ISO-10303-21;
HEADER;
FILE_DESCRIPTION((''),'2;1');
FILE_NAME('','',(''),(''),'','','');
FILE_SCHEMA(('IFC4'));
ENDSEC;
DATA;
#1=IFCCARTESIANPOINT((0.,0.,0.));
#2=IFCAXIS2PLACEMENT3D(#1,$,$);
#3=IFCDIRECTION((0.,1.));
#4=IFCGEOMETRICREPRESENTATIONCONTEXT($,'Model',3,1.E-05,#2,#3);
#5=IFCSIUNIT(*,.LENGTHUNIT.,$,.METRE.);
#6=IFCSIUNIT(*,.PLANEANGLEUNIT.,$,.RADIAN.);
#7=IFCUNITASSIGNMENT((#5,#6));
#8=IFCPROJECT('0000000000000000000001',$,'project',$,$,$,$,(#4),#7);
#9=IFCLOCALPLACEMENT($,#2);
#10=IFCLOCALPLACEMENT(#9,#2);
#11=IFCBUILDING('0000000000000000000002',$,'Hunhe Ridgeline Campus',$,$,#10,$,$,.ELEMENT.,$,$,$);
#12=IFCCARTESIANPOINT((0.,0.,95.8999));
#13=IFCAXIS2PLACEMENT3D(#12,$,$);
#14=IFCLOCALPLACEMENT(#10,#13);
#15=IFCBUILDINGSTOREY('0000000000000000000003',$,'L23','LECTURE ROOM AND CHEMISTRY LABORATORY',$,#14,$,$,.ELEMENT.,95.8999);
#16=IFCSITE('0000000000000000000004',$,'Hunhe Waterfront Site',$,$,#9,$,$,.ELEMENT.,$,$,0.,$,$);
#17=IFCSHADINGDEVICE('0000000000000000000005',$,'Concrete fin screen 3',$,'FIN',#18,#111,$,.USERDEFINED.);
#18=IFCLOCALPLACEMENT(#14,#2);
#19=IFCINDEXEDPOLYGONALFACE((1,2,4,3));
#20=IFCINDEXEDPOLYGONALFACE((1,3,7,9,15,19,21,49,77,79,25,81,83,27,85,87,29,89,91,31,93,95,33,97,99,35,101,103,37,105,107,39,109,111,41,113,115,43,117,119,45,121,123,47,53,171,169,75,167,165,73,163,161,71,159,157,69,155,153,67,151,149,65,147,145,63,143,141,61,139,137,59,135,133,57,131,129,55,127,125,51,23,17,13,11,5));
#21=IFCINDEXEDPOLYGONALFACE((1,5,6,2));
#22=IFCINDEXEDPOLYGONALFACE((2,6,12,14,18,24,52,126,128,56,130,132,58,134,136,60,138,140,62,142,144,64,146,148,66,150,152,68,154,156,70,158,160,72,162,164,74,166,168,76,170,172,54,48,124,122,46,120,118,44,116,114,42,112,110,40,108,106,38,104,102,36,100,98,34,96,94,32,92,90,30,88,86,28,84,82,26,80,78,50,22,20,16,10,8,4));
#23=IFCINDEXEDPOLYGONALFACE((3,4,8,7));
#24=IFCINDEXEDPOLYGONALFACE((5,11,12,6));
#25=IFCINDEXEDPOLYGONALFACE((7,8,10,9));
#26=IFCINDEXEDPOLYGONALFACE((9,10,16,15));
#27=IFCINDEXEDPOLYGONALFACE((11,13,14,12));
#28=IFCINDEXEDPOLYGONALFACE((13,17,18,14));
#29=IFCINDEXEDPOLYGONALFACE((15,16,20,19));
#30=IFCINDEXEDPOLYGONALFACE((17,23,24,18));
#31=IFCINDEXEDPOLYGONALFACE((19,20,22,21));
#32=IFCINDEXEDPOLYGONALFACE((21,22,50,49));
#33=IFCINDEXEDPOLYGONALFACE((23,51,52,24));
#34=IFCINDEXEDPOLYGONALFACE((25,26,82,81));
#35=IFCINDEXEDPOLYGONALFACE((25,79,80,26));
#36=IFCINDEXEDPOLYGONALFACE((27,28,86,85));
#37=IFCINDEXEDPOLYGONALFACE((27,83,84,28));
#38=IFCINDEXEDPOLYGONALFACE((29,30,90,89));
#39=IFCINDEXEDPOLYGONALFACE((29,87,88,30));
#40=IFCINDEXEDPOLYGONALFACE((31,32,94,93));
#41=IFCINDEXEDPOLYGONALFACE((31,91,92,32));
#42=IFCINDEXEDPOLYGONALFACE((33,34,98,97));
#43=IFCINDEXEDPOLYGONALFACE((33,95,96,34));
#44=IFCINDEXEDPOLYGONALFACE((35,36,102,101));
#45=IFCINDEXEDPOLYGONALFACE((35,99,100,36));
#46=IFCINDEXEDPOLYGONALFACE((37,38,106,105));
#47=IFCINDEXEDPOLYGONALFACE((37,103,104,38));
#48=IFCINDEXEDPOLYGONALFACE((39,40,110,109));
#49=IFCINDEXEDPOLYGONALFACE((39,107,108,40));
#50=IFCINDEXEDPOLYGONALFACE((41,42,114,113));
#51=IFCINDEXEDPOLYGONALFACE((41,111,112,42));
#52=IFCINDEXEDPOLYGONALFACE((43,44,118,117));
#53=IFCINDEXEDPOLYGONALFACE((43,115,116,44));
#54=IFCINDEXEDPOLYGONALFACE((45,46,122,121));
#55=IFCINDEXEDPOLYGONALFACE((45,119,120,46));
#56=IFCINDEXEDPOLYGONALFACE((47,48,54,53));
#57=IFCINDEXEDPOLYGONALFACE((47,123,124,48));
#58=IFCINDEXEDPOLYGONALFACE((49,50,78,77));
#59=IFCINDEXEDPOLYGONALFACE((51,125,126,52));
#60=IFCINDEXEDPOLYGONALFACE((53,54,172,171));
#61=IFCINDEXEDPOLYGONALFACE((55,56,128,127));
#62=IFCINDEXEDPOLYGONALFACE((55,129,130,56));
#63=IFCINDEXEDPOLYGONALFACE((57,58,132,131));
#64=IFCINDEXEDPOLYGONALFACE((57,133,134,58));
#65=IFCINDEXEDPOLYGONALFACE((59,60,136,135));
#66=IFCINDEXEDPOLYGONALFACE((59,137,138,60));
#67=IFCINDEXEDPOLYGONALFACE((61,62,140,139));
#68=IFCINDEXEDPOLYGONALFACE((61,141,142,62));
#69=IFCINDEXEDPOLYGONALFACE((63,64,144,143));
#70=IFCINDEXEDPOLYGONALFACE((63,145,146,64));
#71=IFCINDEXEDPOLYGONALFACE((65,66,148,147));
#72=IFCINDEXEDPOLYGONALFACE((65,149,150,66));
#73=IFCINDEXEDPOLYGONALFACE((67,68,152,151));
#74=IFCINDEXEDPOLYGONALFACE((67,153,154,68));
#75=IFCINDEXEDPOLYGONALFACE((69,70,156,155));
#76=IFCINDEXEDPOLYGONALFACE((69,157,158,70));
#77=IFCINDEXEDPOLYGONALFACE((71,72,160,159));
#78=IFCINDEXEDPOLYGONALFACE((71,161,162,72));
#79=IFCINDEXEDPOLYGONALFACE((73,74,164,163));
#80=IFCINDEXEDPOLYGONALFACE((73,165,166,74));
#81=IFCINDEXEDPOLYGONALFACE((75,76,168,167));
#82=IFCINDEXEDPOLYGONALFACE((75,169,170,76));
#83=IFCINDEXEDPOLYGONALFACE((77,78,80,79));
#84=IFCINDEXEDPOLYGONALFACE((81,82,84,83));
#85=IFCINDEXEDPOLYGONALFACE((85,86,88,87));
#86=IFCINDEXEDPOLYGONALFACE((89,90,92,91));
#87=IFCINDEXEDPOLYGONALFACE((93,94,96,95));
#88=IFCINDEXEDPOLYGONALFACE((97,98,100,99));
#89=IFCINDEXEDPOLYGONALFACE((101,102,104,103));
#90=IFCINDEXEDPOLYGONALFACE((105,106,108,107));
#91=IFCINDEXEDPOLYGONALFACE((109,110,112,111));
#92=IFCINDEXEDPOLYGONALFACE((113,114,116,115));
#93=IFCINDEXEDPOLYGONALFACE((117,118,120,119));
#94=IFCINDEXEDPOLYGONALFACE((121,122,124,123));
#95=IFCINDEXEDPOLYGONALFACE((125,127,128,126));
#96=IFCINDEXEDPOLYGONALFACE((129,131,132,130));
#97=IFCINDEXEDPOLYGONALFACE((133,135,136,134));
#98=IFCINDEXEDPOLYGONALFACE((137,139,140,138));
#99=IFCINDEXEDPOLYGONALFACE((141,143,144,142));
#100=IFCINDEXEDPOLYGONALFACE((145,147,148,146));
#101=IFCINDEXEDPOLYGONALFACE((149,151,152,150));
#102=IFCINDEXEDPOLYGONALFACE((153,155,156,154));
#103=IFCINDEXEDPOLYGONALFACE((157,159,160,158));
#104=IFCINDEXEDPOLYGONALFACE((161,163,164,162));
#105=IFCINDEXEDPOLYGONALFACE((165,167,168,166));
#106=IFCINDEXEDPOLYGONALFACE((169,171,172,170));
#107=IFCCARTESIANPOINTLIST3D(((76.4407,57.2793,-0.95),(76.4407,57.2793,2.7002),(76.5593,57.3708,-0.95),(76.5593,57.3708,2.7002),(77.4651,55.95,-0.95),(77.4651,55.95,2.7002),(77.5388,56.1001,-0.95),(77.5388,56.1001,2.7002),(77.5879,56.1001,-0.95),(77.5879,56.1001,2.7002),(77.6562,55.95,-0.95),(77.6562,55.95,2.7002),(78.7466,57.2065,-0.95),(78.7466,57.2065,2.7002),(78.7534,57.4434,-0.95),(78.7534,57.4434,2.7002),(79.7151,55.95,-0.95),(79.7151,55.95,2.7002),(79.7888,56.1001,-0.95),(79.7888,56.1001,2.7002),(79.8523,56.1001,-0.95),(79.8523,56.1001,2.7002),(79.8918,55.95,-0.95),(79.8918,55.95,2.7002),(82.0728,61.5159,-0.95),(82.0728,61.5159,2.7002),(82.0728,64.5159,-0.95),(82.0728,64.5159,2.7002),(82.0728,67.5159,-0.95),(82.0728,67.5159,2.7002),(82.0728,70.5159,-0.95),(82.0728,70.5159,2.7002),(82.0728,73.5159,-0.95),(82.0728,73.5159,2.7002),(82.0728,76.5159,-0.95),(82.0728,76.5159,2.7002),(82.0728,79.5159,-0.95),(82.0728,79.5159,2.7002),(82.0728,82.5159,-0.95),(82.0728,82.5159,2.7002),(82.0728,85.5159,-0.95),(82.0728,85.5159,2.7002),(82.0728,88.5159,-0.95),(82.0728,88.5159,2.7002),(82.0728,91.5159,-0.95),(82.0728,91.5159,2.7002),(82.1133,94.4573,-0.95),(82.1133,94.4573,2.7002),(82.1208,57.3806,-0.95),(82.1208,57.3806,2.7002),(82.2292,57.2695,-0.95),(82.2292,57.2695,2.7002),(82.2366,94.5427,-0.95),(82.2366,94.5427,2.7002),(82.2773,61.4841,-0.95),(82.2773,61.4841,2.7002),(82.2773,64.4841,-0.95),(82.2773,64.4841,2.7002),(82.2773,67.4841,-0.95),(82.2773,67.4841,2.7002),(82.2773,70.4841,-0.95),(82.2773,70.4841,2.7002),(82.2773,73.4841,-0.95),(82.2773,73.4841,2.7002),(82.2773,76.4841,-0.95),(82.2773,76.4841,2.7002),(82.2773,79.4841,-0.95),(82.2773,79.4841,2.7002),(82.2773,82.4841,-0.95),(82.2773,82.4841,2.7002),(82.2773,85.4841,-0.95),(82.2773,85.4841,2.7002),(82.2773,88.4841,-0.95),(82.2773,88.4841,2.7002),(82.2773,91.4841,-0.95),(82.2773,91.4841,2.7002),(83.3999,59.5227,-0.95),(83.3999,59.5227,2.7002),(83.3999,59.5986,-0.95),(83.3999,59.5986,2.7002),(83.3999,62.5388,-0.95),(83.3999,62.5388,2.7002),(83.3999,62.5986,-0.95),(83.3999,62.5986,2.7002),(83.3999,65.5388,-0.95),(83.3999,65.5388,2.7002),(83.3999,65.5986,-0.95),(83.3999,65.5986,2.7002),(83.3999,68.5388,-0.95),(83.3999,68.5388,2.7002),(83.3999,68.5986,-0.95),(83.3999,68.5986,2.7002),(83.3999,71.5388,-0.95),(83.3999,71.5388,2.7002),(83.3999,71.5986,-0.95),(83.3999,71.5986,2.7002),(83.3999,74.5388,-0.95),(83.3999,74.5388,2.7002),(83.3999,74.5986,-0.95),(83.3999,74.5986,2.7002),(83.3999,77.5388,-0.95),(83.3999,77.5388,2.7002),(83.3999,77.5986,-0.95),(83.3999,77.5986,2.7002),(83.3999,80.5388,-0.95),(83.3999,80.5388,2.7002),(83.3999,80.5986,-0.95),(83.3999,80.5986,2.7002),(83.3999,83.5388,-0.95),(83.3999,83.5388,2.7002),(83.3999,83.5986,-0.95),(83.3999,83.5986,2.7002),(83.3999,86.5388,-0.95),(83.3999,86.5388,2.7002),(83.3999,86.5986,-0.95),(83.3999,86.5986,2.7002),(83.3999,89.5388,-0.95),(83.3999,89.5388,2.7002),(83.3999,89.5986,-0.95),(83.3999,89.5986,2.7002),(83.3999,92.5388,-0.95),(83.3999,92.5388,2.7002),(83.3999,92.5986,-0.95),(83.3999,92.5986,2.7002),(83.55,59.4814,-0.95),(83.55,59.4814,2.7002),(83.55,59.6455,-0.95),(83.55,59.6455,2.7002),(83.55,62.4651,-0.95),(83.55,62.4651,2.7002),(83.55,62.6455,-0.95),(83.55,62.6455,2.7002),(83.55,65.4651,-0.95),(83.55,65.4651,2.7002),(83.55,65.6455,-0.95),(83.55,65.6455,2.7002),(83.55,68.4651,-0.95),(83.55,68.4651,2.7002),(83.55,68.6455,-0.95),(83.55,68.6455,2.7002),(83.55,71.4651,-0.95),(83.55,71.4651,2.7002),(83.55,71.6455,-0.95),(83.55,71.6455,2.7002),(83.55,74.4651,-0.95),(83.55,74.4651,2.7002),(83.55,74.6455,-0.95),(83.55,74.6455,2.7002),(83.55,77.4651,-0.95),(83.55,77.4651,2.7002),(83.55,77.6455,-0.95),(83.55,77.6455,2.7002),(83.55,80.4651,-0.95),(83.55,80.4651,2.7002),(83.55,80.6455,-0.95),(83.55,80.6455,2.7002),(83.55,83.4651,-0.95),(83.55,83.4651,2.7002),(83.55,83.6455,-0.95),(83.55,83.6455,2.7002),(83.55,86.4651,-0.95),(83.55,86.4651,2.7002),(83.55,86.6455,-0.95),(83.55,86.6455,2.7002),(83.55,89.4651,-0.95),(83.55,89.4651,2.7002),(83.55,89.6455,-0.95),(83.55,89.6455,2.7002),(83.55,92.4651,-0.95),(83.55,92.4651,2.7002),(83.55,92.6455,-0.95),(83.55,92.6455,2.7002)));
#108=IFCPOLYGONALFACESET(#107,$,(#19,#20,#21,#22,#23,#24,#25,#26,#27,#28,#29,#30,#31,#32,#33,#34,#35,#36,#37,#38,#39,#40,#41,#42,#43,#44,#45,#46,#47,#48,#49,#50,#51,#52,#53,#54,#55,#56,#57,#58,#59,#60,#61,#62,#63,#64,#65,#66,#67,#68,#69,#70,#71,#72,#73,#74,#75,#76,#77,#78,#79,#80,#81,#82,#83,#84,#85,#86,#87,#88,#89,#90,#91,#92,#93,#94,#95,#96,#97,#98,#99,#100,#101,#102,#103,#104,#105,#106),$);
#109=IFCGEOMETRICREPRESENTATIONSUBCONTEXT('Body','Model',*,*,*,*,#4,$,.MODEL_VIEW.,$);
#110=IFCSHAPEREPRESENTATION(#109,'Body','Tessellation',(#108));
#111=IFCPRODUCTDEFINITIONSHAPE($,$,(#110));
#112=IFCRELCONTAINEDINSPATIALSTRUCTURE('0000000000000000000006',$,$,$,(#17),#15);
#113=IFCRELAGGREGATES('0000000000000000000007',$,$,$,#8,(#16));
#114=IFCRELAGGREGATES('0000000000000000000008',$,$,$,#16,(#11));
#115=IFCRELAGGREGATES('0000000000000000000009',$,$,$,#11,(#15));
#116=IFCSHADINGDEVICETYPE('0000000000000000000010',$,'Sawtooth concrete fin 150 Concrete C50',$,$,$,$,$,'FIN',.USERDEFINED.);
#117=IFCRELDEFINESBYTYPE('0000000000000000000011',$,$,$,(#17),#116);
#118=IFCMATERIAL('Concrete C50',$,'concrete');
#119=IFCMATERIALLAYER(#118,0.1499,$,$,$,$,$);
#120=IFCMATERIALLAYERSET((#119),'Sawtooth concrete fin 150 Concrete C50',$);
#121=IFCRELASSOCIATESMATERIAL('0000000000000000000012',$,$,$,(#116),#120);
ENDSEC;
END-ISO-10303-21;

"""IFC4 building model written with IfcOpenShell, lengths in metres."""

from ifc_helpers import new_model, si_unit, direction, frame, origin, place, context, subcontext, project, spatial, polyline, outline, extrude, material, layer, layer_set, type_object, element, save


model = new_model("IFC4")

# Units and contexts
model_context = context("Model", 3, precision=1e-05, world=origin(), true_north=direction((0.0, 1.0)))
body_context = subcontext(model_context, "Body", "Model", "MODEL_VIEW")
ifc_project = project(units=[si_unit("LENGTHUNIT", "METRE"), si_unit("PLANEANGLEUNIT", "RADIAN")], contexts=[model_context])

# Site, building, storey
site_placement = place(None, origin())
site = spatial("IfcSite", under=ifc_project, at=site_placement, Name="Hunhe Waterfront Site", CompositionType="ELEMENT", RefElevation=0.0)
building_placement = place(site_placement, origin())
building = spatial("IfcBuilding", under=site, at=building_placement, Name="Hunhe Ridgeline Campus", CompositionType="ELEMENT")
storey_placement = place(building_placement, frame((0.0, 0.0, 95.8999)))
storey = spatial("IfcBuildingStorey", under=building, at=storey_placement, Name="L23", Description="LECTURE ROOM AND CHEMISTRY LABORATORY", CompositionType="ELEMENT", Elevation=95.8999)

# Shading device
ifc_material_1 = material(Name="Concrete C50", Category="concrete")
ifc_layer_1 = layer(ifc_material_1, 0.1499)
ifc_layer_set_1 = layer_set([ifc_layer_1], Name="Sawtooth concrete fin 150 Concrete C50")
shading_device_type = type_object("IfcShadingDeviceType", Name="Sawtooth concrete fin 150 Concrete C50", ElementType="FIN", PredefinedType="USERDEFINED", material=ifc_layer_set_1)
shading_device_1_placement = place(storey_placement, frame((0.0, 0.0, -0.95)))
element("IfcShadingDevice", 1, at=shading_device_1_placement, inside=storey, type_object=shading_device_type, Name="Concrete fin screen 3", ObjectType="FIN", PredefinedType="USERDEFINED", context=body_context, shape_type="SweptSolid", body=[
    extrude(outline(polyline([(76.5593, 57.3708), (76.4407, 57.2793), (77.4651, 55.95), (77.6562, 55.95), (78.7466, 57.2065), (79.7151, 55.95), (79.8918, 55.95), (82.2292, 57.2695), (83.55, 59.4814), (83.55, 59.6455), (82.2773, 61.4841), (83.55, 62.4651), (83.55, 62.6455), (82.2773, 64.4841), (83.55, 65.4651), (83.55, 65.6455), (82.2773, 67.4841), (83.55, 68.4651), (83.55, 68.6455), (82.2773, 70.4841), (83.55, 71.4651), (83.55, 71.6455), (82.2773, 73.4841), (83.55, 74.4651), (83.55, 74.6455), (82.2773, 76.4841), (83.55, 77.4651), (83.55, 77.6455), (82.2773, 79.4841), (83.55, 80.4651), (83.55, 80.6455), (82.2773, 82.4841), (83.55, 83.4651), (83.55, 83.6455), (82.2773, 85.4841), (83.55, 86.4651), (83.55, 86.6455), (82.2773, 88.4841), (83.55, 89.4651), (83.55, 89.6455), (82.2773, 91.4841), (83.55, 92.4651), (83.55, 92.6455), (82.2366, 94.5427), (82.1133, 94.4573), (83.3999, 92.5986), (83.3999, 92.5388), (82.0728, 91.5159), (83.3999, 89.5986), (83.3999, 89.5388), (82.0728, 88.5159), (83.3999, 86.5986), (83.3999, 86.5388), (82.0728, 85.5159), (83.3999, 83.5986), (83.3999, 83.5388), (82.0728, 82.5159), (83.3999, 80.5986), (83.3999, 80.5388), (82.0728, 79.5159), (83.3999, 77.5986), (83.3999, 77.5388), (82.0728, 76.5159), (83.3999, 74.5986), (83.3999, 74.5388), (82.0728, 73.5159), (83.3999, 71.5986), (83.3999, 71.5388), (82.0728, 70.5159), (83.3999, 68.5986), (83.3999, 68.5388), (82.0728, 67.5159), (83.3999, 65.5986), (83.3999, 65.5388), (82.0728, 64.5159), (83.3999, 62.5986), (83.3999, 62.5388), (82.0728, 61.5159), (83.3999, 59.5986), (83.3999, 59.5227), (82.1208, 57.3806), (79.8523, 56.1001), (79.7888, 56.1001), (78.7534, 57.4434), (77.5879, 56.1001), (77.5388, 56.1001), (76.5593, 57.3708)])), origin(), (0.0, 0.0, 1.0), 3.6501),
])

save(model, "model.ifc")
